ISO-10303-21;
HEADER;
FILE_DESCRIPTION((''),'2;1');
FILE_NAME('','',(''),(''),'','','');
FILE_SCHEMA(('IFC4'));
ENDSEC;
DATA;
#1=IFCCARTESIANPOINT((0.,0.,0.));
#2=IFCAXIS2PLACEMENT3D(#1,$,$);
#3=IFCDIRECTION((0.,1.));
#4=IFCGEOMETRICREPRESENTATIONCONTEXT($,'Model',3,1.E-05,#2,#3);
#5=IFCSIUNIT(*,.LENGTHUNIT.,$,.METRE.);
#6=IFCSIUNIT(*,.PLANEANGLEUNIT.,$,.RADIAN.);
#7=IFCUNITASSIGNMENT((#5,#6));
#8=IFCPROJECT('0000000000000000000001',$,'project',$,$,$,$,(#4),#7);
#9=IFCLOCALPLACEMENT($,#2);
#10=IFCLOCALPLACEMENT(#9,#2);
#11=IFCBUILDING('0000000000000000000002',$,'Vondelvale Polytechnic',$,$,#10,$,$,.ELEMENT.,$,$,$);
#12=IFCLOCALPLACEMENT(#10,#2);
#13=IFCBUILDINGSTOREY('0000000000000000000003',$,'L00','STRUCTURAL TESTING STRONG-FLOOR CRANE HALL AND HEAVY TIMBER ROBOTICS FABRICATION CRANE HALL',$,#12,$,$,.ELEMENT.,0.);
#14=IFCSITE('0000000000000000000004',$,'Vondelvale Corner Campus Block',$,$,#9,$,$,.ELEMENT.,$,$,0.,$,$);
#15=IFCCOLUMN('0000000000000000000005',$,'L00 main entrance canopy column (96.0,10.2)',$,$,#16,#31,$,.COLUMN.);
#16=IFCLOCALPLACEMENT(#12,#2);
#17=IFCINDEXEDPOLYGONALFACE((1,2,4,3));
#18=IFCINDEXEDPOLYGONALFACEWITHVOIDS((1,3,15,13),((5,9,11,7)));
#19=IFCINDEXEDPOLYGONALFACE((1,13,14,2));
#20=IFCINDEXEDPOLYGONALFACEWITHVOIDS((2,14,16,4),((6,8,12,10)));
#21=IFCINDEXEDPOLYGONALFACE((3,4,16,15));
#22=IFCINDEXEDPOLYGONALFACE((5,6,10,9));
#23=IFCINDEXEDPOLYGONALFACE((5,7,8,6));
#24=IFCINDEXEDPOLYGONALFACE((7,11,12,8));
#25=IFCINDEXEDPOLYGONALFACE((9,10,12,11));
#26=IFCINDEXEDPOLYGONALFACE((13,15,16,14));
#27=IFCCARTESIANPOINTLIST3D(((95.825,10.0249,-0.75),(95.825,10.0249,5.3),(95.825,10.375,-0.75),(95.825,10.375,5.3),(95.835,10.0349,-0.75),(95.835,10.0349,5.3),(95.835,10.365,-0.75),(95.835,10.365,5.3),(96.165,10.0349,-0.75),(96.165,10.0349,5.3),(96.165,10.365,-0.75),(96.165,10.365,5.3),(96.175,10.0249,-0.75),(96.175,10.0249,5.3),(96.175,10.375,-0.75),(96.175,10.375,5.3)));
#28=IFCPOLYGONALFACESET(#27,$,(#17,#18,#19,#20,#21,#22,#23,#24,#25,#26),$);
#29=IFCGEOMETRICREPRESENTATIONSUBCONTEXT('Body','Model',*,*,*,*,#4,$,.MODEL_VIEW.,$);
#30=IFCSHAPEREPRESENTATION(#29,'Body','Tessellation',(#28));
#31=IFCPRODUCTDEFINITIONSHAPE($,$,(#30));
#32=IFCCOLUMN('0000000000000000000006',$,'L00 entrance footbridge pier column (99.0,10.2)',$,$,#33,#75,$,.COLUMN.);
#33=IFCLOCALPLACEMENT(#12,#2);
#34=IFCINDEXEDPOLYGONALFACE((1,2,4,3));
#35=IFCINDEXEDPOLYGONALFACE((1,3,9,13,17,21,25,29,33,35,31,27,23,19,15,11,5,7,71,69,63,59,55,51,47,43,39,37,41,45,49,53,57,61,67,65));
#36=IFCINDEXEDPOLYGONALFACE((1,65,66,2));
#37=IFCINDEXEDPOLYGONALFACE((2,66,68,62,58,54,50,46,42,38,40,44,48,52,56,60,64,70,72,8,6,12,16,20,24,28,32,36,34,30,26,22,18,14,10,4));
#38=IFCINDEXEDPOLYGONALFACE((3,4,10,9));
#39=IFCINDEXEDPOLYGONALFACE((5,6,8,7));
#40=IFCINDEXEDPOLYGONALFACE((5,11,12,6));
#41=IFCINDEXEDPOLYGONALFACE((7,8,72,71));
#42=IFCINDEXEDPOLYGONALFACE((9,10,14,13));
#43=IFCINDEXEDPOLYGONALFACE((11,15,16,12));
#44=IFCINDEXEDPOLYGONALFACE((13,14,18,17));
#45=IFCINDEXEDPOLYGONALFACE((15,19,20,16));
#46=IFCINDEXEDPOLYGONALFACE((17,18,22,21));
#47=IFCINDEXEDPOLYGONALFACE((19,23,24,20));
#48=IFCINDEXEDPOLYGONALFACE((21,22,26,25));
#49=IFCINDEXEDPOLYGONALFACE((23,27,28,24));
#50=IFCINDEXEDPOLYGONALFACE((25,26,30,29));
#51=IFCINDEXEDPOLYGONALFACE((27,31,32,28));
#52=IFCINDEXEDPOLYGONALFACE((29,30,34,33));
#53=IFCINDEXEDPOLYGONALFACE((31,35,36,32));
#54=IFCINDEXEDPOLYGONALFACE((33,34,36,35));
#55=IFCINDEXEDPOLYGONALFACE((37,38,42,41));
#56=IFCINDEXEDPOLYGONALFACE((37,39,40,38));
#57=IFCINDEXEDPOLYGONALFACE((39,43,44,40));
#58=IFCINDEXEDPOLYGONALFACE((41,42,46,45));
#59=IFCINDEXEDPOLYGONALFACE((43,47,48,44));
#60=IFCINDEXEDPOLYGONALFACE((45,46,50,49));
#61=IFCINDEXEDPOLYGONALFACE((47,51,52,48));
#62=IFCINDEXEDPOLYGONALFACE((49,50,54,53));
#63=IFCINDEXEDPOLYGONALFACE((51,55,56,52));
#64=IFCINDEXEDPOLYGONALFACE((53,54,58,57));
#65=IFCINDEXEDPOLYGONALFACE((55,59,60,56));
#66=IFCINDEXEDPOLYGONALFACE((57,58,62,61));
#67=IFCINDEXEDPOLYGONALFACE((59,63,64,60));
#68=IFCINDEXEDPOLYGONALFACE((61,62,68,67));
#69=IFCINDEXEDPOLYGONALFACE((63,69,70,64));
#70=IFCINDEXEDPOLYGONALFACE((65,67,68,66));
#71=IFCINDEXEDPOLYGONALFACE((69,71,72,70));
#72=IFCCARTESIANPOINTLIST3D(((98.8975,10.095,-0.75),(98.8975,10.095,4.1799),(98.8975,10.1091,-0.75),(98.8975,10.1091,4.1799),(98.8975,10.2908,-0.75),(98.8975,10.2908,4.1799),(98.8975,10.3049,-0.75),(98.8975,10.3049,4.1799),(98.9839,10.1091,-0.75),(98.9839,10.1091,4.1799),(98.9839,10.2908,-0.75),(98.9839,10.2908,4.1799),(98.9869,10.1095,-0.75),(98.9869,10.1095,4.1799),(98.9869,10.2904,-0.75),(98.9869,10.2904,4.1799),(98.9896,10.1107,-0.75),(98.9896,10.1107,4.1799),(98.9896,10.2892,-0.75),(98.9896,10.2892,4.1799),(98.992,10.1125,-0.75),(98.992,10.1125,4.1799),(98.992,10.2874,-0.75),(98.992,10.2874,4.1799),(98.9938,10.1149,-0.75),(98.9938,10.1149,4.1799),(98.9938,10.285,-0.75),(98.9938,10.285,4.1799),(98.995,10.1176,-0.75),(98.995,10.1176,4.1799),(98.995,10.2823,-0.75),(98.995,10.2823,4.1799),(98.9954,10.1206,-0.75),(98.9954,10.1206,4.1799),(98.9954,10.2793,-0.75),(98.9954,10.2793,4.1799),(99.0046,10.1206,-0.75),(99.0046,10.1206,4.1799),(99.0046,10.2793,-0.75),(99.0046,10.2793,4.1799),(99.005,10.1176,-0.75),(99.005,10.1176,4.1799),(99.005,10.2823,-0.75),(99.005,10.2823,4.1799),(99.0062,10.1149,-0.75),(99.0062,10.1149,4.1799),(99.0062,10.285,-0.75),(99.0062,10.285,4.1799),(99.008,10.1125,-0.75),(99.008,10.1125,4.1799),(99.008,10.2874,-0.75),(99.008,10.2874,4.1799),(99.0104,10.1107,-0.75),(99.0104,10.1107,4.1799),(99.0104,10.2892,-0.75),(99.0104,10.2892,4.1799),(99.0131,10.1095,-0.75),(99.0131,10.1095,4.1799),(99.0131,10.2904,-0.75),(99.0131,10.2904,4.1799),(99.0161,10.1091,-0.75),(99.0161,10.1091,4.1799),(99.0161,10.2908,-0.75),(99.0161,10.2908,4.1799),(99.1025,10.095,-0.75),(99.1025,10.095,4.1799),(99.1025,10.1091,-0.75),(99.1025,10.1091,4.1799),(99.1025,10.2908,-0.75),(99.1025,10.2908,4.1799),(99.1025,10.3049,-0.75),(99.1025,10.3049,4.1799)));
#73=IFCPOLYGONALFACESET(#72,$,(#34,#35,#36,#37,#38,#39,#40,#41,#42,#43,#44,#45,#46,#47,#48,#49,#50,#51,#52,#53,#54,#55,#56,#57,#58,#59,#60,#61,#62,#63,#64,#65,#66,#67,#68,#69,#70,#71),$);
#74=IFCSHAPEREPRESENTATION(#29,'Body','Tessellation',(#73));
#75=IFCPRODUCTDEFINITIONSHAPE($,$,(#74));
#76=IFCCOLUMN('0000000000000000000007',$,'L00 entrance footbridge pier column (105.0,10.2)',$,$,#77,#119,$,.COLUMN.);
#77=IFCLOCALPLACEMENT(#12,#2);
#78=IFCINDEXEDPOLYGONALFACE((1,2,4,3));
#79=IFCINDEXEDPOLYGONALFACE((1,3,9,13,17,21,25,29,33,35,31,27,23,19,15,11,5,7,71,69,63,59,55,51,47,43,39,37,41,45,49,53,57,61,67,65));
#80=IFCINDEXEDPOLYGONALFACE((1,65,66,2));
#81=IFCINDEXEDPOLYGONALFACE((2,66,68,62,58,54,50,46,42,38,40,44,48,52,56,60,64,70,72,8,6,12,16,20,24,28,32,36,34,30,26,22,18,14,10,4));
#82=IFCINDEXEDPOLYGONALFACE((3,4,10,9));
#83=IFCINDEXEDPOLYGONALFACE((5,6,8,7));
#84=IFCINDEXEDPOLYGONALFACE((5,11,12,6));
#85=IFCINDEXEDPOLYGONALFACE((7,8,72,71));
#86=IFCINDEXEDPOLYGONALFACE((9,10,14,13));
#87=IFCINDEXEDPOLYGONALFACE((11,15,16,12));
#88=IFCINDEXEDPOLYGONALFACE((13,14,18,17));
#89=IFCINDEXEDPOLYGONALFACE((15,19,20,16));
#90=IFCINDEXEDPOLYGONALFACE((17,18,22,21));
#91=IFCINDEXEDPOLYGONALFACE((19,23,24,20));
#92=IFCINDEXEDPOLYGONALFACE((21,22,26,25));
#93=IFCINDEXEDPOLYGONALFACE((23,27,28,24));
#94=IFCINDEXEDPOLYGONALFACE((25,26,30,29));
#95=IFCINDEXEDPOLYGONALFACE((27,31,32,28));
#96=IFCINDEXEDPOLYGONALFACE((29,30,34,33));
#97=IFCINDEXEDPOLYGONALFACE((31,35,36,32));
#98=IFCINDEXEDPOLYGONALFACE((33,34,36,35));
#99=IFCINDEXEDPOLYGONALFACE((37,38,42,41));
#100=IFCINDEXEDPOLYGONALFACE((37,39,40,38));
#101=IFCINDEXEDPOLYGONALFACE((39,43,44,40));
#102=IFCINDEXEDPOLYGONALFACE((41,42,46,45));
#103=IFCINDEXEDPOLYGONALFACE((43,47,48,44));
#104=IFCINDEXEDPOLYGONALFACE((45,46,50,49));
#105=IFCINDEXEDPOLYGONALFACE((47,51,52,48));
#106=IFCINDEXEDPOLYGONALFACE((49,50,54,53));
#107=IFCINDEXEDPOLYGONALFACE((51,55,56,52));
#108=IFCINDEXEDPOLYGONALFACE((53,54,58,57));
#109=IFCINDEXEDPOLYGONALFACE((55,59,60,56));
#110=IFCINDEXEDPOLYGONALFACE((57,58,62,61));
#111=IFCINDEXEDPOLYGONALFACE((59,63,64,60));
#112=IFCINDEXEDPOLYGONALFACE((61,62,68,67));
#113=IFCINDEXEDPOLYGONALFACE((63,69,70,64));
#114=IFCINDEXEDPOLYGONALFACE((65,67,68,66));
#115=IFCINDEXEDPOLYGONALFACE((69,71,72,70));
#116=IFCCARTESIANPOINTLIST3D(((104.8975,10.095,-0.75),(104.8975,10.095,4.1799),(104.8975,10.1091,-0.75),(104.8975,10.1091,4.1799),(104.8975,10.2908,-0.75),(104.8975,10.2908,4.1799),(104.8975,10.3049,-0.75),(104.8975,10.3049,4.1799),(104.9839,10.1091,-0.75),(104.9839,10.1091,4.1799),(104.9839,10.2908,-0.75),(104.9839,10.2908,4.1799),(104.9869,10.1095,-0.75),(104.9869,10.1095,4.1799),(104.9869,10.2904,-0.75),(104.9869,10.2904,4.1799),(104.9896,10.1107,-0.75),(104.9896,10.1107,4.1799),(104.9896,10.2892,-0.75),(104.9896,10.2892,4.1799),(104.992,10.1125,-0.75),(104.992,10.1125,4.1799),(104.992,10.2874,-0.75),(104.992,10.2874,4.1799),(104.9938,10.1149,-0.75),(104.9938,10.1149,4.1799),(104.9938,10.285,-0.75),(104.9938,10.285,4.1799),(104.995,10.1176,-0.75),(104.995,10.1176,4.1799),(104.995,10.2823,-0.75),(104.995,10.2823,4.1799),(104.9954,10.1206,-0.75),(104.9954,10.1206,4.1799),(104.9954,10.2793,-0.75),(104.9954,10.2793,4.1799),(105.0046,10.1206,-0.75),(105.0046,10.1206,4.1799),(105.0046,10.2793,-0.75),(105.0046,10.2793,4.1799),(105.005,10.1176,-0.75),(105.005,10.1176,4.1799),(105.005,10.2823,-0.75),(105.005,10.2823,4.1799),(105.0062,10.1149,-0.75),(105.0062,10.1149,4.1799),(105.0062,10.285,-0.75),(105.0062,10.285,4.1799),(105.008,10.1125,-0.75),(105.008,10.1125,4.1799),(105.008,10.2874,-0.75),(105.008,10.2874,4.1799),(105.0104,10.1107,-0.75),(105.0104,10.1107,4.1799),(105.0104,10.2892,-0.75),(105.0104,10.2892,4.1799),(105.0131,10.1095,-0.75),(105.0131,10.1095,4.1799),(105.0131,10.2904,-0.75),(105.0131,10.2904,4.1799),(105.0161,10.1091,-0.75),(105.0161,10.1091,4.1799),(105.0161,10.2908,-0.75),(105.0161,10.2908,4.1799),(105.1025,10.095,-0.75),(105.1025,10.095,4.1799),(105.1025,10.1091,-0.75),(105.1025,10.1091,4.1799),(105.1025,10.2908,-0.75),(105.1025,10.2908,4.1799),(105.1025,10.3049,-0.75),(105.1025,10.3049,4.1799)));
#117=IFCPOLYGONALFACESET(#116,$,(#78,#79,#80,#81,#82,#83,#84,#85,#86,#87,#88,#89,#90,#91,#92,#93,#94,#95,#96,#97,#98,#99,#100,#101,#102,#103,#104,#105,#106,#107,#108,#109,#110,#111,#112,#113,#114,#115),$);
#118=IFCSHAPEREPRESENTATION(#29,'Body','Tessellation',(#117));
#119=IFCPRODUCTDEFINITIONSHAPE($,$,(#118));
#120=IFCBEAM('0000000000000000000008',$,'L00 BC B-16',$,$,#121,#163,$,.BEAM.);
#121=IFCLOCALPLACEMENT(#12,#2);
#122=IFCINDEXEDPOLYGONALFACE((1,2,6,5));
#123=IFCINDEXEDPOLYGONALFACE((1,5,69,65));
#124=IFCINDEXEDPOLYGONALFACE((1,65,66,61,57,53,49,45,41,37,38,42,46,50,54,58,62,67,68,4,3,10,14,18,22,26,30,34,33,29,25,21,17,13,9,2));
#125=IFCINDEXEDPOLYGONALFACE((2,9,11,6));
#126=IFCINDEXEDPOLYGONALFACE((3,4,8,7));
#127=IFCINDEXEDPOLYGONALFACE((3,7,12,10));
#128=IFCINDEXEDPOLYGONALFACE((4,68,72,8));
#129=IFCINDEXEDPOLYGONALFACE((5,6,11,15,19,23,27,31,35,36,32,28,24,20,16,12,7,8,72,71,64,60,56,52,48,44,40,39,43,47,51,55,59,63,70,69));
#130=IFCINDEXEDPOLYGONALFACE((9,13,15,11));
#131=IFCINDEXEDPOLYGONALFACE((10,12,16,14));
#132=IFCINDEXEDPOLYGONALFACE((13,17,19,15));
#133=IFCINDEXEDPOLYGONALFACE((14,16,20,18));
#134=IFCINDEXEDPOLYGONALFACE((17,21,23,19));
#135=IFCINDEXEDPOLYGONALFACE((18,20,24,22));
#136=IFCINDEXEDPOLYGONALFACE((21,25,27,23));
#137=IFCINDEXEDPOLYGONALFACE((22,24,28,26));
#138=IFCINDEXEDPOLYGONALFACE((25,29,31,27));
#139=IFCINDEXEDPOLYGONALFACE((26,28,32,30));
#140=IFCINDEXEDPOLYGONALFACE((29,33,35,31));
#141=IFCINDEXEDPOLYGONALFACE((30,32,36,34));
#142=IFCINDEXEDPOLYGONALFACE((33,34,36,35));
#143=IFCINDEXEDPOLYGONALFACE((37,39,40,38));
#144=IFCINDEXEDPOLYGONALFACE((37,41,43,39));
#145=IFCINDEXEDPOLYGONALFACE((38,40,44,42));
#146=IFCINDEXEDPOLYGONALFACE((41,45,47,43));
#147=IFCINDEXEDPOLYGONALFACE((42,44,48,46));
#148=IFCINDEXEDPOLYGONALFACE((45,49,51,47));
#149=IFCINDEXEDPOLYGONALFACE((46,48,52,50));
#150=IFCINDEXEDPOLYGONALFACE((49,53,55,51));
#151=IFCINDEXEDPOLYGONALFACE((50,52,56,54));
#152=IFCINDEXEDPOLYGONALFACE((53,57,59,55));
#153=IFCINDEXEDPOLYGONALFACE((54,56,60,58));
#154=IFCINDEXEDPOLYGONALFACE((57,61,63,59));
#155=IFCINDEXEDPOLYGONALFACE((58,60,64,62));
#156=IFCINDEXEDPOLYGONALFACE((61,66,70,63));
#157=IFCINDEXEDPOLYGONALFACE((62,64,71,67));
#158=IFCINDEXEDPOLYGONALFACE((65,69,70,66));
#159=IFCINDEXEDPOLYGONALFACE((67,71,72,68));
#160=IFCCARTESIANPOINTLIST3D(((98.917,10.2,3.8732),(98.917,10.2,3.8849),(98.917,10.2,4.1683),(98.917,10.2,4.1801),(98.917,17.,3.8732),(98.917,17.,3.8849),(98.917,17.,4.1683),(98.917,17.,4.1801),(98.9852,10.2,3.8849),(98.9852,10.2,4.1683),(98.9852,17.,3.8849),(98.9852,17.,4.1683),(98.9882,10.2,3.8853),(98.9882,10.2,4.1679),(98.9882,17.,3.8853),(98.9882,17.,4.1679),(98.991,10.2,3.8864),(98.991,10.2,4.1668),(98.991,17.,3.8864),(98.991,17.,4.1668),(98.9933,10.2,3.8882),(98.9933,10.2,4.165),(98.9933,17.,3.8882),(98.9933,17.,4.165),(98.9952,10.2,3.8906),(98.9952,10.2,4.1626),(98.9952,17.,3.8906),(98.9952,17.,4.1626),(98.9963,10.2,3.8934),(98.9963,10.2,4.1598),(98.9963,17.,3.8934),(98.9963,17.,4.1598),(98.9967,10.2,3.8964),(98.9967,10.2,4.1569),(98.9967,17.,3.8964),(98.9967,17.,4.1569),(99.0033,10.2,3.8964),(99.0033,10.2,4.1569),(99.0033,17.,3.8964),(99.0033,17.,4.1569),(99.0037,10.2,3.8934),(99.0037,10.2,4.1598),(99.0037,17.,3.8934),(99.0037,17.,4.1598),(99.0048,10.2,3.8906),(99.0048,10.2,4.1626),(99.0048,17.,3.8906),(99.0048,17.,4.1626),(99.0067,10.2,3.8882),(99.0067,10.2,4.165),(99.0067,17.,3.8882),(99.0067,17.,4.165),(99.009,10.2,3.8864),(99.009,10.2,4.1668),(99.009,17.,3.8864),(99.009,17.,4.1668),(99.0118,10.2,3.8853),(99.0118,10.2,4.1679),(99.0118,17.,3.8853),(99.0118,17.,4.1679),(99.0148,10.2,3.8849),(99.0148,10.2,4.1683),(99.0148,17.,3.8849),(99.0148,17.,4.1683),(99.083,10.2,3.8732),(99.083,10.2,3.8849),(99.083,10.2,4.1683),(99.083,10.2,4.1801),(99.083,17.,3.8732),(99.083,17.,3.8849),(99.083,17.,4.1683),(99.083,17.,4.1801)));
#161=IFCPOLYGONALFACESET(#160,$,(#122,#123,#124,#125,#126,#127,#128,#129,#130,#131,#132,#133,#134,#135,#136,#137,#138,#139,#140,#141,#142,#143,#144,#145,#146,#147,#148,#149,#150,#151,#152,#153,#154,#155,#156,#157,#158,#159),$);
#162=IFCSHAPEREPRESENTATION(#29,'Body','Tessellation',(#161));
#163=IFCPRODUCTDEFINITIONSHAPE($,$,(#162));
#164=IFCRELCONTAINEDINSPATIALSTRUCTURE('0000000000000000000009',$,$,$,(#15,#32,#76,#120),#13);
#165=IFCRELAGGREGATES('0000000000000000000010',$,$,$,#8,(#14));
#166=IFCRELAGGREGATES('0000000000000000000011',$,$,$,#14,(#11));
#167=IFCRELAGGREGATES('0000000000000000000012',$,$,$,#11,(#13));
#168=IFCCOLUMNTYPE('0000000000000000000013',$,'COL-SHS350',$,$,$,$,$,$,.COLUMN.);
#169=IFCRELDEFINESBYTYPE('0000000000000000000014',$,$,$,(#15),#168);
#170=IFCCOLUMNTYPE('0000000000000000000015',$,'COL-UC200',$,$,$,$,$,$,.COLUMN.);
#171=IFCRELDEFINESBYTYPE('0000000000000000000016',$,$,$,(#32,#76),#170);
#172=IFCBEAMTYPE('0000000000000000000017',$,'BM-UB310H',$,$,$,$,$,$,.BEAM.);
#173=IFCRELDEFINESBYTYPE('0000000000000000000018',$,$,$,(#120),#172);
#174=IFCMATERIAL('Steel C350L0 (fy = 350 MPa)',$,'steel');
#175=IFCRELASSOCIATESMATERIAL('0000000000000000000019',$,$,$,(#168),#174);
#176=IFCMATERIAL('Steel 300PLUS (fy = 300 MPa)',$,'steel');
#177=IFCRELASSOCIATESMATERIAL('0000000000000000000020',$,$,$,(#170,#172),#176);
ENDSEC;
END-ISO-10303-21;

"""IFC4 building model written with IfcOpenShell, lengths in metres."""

from ifc_helpers import new_model, si_unit, direction, frame, origin, origin_2d, place, context, subcontext, project, spatial, hollow_rectangle, i_section, extrude, material, material_profile, profile_set, type_object, element, save


model = new_model("IFC4")

# Units and contexts
model_context = context("Model", 3, precision=1e-05, world=origin(), true_north=direction((0.0, 1.0)))
body_context = subcontext(model_context, "Body", "Model", "MODEL_VIEW")
ifc_project = project(units=[si_unit("LENGTHUNIT", "METRE"), si_unit("PLANEANGLEUNIT", "RADIAN")], contexts=[model_context])

# Site, building, storey
site_placement = place(None, origin())
site = spatial("IfcSite", under=ifc_project, at=site_placement, Name="Vondelvale Corner Campus Block", CompositionType="ELEMENT", RefElevation=0.0)
building_placement = place(site_placement, origin())
building = spatial("IfcBuilding", under=site, at=building_placement, Name="Vondelvale Polytechnic", CompositionType="ELEMENT")
storey_placement = place(building_placement, origin())
storey = spatial("IfcBuildingStorey", under=building, at=storey_placement, Name="L00", Description="STRUCTURAL TESTING STRONG-FLOOR CRANE HALL AND HEAVY TIMBER ROBOTICS FABRICATION CRANE HALL", CompositionType="ELEMENT", Elevation=0.0)

# Columns
ifc_material_1 = material(Name="Steel C350L0 (fy = 350 MPa)", Category="steel")
ifc_material_profile_1 = material_profile(ifc_material_1, hollow_rectangle(XDim=0.3501, YDim=0.3501, WallThickness=0.01, at=origin_2d()), Name="350x350x10.0SHS")
ifc_profile_set_1 = profile_set([ifc_material_profile_1], Name="Steel C350L0 (fy = 350 MPa)")
column_type_1 = type_object("IfcColumnType", Name="COL-SHS350", PredefinedType="COLUMN", material=ifc_profile_set_1)
column_placement = place(storey_placement, frame((96.0, 10.2, -0.75), z_axis=(0.0, 0.0, 1.0), x_axis=(1.0, 0.0, 0.0)))
element("IfcColumn", 1, at=column_placement, inside=storey, type_object=column_type_1, Name="L00 main entrance canopy column (96.0,10.2)", PredefinedType="COLUMN", context=body_context, shape_type="SweptSolid", body=[
    extrude(hollow_rectangle(XDim=0.3501, YDim=0.3501, WallThickness=0.01, at=origin_2d()), origin(), (0.0, 0.0, 1.0), 6.05),
])
ifc_material_2 = material(Name="Steel 300PLUS (fy = 300 MPa)", Category="steel")
ifc_material_profile_2 = material_profile(ifc_material_2, i_section(OverallWidth=0.2051, OverallDepth=0.21, WebThickness=0.0093, FlangeThickness=0.0142, FilletRadius=0.0115, at=origin_2d()), Name="200UC59.5")
ifc_profile_set_2 = profile_set([ifc_material_profile_2], Name="Steel 300PLUS (fy = 300 MPa)")
column_type_2 = type_object("IfcColumnType", Name="COL-UC200", PredefinedType="COLUMN", material=ifc_profile_set_2)
for number, where, z_axis, x_axis, name in (
    (2, (99.0, 10.2, -0.75), (0.0, 0.0, 1.0), (1.0, 0.0, 0.0), "L00 entrance footbridge pier column (99.0,10.2)"),
    (3, (105.0, 10.2, -0.75), (0.0, 0.0, 1.0), (1.0, 0.0, 0.0), "L00 entrance footbridge pier column (105.0,10.2)"),
):
    element("IfcColumn", number, at=place(storey_placement, frame(where, z_axis=z_axis, x_axis=x_axis)), inside=storey, type_object=column_type_2, Name=name, PredefinedType="COLUMN", context=body_context, shape_type="SweptSolid", body=[
        extrude(i_section(OverallWidth=0.2051, OverallDepth=0.21, WebThickness=0.0093, FlangeThickness=0.0142, FilletRadius=0.0115, at=origin_2d()), origin(), (0.0, 0.0, 1.0), 4.9299),
    ])

# Beam
ifc_material_profile_3 = material_profile(ifc_material_2, i_section(OverallWidth=0.166, OverallDepth=0.3069, WebThickness=0.0066, FlangeThickness=0.0117, FilletRadius=0.0115, at=origin_2d()), Name="310UB46.2")
ifc_profile_set_3 = profile_set([ifc_material_profile_3], Name="Steel 300PLUS (fy = 300 MPa)")
beam_type_1 = type_object("IfcBeamType", Name="BM-UB310H", PredefinedType="BEAM", material=ifc_profile_set_3)
beam_1_placement = place(storey_placement, frame((99.0, 10.2, 4.0266), z_axis=(0.0, 1.0, 0.0), x_axis=(-1.0, 0.0, 0.0)))
element("IfcBeam", 4, at=beam_1_placement, inside=storey, type_object=beam_type_1, Name="L00 BC B-16", PredefinedType="BEAM", context=body_context, shape_type="SweptSolid", body=[
    extrude(i_section(OverallWidth=0.166, OverallDepth=0.3069, WebThickness=0.0066, FlangeThickness=0.0117, FilletRadius=0.0115, at=origin_2d()), origin(), (0.0, 0.0, 1.0), 6.8),
])

save(model, "model.ifc")
